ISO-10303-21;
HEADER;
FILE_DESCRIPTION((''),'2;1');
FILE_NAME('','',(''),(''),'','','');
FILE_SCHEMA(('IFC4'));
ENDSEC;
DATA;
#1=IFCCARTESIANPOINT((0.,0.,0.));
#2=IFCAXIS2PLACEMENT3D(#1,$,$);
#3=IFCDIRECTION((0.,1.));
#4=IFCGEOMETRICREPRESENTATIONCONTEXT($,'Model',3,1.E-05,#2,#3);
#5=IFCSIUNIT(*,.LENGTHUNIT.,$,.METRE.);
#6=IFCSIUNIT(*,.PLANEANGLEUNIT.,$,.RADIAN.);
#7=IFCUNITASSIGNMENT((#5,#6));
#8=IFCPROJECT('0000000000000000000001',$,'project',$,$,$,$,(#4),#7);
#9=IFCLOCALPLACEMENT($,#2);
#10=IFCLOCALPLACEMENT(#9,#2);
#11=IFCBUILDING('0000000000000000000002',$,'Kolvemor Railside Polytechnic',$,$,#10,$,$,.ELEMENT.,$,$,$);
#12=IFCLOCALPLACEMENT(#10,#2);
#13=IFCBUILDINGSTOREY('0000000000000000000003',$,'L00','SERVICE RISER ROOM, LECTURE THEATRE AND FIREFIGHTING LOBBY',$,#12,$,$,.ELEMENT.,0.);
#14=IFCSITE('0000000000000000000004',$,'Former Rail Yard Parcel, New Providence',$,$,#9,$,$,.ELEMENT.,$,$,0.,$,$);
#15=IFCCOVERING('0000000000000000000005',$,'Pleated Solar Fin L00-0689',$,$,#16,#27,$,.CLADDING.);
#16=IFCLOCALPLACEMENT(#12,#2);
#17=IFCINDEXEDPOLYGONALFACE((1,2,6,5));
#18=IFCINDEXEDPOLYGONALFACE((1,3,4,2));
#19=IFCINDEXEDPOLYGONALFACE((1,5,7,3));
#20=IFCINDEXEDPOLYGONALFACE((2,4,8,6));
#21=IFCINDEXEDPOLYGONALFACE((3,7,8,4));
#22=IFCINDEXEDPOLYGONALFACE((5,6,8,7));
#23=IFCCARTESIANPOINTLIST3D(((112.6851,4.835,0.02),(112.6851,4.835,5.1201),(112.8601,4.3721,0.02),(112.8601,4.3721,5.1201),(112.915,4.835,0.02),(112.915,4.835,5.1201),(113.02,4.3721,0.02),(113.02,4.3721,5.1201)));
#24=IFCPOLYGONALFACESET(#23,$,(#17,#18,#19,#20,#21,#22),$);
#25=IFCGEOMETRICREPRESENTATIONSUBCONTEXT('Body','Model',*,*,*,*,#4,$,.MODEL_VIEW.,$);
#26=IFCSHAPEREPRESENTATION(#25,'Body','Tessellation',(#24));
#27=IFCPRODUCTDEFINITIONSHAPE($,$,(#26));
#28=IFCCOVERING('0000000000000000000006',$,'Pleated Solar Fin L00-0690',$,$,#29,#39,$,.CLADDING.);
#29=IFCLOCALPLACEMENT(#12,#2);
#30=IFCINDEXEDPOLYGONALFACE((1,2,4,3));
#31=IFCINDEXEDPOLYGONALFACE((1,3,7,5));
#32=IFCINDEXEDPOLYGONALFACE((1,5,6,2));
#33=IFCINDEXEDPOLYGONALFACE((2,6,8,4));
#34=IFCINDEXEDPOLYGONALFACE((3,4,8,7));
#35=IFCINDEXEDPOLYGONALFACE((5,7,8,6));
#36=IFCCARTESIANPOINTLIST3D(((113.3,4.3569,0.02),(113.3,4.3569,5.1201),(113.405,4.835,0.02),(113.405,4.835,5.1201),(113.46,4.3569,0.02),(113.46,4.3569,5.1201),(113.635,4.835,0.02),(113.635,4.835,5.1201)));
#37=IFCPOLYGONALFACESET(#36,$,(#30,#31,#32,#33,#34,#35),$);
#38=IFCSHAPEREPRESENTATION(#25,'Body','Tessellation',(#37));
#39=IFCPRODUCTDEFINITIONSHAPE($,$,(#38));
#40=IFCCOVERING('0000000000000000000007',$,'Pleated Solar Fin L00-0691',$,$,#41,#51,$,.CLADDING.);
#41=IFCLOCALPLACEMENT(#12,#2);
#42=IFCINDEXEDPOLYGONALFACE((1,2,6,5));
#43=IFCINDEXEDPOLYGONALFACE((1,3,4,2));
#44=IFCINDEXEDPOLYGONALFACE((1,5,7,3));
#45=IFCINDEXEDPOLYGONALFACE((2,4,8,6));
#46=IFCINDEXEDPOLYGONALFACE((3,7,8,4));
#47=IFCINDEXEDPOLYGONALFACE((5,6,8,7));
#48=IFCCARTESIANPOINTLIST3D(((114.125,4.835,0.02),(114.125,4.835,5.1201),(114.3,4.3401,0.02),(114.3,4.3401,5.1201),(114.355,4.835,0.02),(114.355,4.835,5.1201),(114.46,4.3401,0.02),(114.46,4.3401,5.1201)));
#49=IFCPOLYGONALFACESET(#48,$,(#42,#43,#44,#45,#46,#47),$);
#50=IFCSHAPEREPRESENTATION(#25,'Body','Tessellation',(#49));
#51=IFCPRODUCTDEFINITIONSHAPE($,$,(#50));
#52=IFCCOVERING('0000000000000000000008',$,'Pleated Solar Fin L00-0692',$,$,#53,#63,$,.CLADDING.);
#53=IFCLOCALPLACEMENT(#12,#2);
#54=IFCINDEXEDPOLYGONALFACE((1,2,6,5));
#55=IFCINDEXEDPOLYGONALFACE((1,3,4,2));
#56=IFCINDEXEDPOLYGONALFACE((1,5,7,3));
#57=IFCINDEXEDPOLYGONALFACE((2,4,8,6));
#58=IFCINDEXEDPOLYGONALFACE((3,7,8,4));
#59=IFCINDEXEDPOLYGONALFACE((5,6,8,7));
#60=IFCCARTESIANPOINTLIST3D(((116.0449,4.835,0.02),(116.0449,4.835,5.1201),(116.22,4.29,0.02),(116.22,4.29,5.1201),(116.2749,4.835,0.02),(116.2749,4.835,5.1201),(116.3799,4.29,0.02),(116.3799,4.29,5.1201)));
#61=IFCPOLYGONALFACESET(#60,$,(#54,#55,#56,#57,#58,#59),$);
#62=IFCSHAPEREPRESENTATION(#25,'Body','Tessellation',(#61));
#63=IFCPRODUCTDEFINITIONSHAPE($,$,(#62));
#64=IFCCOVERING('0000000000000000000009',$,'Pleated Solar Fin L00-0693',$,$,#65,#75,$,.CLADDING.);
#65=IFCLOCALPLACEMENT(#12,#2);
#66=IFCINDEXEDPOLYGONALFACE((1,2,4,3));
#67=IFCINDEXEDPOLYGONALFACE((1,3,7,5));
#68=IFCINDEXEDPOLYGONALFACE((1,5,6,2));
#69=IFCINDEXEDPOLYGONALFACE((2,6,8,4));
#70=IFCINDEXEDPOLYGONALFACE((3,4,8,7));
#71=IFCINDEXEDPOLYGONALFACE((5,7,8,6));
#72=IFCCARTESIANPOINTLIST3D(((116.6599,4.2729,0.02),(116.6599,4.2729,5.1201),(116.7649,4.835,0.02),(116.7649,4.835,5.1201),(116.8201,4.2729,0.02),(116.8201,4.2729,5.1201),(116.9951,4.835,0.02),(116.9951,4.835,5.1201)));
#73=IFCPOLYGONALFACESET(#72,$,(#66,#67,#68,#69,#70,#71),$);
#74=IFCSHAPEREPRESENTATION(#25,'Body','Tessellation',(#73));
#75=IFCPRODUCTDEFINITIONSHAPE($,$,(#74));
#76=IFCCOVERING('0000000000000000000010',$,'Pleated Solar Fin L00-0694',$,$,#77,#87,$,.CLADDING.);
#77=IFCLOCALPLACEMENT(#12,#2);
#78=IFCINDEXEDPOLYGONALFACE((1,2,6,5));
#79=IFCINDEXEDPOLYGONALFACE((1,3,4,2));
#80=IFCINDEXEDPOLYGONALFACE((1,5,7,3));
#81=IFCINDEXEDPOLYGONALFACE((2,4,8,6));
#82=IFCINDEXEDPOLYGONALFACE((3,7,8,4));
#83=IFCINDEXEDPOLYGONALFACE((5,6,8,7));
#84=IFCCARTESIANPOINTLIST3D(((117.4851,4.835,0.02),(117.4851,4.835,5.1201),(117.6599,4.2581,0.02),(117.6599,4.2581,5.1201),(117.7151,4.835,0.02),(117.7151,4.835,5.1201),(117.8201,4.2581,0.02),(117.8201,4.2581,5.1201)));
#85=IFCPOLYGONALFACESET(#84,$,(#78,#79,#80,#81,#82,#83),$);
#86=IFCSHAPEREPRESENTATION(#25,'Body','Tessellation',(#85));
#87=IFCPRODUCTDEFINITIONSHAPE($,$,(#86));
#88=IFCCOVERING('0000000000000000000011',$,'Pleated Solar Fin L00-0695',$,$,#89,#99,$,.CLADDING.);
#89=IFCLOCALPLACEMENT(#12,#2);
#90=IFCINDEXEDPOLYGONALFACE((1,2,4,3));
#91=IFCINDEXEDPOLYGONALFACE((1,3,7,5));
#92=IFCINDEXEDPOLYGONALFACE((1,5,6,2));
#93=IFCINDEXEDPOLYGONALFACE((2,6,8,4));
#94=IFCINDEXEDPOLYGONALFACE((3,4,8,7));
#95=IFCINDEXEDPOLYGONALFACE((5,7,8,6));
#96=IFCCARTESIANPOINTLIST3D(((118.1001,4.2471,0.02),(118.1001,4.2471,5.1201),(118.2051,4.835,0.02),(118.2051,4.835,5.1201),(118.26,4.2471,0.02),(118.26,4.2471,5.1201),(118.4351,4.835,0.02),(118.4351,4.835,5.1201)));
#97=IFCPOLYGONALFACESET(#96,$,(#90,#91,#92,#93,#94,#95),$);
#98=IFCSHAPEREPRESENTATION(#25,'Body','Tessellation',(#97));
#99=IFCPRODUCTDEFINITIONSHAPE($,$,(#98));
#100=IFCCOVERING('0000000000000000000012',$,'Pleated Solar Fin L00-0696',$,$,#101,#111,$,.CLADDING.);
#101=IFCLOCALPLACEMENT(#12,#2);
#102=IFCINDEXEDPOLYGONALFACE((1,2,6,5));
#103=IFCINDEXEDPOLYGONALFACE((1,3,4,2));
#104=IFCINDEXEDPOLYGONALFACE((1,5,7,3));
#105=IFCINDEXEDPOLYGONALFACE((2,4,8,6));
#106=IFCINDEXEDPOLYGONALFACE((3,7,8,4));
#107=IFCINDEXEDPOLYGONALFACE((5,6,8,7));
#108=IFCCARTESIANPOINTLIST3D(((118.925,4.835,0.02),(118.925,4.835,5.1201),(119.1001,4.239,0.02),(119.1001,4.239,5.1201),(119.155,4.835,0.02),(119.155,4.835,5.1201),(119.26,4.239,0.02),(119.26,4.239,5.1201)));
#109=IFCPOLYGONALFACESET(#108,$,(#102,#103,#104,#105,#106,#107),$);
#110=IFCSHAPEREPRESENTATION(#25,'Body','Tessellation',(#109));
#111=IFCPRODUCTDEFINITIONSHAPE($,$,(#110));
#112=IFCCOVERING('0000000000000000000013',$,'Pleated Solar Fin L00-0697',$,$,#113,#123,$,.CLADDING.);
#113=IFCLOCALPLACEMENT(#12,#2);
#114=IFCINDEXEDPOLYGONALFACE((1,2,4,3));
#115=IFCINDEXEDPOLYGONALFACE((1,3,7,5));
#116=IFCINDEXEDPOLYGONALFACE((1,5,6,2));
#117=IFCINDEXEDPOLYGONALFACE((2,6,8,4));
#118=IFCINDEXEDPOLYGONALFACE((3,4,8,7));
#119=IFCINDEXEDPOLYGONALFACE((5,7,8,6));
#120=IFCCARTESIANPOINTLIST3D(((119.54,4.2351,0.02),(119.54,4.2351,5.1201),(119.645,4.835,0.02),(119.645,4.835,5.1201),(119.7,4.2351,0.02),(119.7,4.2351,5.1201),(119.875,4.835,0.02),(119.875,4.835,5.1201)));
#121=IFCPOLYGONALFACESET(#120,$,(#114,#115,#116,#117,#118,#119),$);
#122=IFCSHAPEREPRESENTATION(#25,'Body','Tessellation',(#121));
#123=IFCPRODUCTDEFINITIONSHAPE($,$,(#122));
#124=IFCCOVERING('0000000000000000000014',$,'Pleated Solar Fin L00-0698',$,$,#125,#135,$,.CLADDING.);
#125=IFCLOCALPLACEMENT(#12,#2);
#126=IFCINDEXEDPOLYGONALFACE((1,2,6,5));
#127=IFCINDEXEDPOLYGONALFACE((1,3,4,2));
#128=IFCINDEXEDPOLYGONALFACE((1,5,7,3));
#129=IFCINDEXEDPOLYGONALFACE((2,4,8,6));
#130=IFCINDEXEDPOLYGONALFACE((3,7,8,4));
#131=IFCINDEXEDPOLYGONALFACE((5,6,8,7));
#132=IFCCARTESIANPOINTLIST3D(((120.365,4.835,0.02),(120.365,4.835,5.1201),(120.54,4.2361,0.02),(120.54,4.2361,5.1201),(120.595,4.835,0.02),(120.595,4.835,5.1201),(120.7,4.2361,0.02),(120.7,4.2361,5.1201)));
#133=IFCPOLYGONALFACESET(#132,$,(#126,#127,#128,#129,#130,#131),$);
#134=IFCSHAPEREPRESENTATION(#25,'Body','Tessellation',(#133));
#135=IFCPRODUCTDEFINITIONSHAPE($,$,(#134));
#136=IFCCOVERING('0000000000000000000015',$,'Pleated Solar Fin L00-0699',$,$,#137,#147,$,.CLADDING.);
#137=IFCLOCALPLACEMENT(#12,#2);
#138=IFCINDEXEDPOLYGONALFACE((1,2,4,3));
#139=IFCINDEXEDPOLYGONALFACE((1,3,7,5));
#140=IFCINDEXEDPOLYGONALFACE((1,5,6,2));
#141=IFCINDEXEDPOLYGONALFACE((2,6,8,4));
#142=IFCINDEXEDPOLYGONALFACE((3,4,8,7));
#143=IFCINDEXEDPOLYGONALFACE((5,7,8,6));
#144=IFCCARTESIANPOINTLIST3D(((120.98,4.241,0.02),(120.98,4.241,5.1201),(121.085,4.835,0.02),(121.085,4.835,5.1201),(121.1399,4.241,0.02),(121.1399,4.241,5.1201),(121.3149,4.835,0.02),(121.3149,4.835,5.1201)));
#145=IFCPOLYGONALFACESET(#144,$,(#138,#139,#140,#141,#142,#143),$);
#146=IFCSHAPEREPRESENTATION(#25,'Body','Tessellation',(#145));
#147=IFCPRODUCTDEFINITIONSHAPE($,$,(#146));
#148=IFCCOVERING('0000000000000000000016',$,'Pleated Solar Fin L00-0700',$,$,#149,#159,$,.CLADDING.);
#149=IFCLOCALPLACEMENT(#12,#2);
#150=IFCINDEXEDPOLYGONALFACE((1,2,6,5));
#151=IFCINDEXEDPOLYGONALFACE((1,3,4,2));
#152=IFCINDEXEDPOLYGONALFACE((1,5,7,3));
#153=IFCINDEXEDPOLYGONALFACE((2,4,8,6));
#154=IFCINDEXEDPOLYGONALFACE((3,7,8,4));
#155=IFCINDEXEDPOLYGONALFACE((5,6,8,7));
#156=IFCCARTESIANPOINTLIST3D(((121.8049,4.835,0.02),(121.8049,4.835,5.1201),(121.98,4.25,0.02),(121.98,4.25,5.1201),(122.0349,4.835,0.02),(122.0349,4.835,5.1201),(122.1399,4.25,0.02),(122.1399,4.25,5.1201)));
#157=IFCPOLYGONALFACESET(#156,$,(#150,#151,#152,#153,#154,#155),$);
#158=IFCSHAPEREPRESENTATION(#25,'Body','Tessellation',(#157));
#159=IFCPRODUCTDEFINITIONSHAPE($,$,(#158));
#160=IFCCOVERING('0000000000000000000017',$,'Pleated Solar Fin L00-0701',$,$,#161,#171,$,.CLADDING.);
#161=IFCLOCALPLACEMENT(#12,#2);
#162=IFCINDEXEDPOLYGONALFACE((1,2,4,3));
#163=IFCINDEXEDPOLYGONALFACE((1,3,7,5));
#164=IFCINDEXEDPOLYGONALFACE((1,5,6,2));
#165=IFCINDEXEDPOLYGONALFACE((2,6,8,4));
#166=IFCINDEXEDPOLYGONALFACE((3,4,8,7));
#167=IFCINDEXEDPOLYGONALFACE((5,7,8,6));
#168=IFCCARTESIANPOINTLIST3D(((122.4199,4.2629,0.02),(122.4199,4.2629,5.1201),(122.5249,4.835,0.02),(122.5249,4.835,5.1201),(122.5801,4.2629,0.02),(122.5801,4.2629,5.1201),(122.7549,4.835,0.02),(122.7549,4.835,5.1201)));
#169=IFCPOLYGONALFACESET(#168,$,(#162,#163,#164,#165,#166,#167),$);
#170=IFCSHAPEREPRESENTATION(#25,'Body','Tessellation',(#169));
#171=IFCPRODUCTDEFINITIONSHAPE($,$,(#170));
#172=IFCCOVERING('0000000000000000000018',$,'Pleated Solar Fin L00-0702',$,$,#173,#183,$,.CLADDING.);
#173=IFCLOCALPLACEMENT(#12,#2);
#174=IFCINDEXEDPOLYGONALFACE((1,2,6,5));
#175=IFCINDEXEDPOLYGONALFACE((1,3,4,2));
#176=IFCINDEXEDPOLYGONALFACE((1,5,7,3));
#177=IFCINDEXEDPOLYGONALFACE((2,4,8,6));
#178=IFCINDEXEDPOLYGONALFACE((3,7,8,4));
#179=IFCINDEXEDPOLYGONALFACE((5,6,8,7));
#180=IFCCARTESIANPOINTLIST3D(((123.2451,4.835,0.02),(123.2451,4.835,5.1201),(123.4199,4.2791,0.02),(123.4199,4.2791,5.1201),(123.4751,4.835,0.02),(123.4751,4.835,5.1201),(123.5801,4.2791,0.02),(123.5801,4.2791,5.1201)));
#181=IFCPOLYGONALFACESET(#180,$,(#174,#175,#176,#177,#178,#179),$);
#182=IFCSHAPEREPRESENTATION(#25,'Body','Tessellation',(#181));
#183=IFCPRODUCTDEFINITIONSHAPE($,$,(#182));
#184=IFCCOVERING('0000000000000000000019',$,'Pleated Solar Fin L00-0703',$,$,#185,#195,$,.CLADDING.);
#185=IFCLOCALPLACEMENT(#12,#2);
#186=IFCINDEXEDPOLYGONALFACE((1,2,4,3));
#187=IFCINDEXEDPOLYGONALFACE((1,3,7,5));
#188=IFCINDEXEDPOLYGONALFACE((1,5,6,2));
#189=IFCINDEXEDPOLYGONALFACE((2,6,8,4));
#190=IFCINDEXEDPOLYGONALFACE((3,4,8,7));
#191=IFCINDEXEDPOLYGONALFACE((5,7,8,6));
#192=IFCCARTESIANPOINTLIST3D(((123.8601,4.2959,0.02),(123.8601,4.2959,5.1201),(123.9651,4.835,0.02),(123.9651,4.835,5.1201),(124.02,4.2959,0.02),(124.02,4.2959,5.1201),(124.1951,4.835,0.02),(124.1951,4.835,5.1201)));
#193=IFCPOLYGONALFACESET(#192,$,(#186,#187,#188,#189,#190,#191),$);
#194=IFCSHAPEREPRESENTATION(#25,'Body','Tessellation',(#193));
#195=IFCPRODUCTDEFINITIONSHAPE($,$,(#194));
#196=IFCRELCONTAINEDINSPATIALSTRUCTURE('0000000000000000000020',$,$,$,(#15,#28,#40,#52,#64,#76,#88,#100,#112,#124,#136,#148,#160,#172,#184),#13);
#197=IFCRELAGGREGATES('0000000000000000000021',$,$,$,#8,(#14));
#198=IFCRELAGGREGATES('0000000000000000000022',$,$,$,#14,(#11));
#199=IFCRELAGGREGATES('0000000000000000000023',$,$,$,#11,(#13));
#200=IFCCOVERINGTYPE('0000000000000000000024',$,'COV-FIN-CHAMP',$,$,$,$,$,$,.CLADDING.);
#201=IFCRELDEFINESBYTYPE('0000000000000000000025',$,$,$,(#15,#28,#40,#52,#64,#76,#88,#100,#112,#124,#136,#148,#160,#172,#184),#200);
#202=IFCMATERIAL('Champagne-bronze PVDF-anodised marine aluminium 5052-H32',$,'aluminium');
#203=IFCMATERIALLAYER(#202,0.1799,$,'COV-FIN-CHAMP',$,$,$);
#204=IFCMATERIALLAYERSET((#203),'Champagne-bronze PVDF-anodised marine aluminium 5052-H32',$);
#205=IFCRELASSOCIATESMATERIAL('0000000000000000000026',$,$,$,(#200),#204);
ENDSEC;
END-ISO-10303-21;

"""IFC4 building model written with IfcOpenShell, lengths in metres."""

from ifc_helpers import new_model, si_unit, direction, frame, origin, place, context, subcontext, project, spatial, polyline, outline, extrude, material, layer, layer_set, type_object, element, save


model = new_model("IFC4")

# Units and contexts
model_context = context("Model", 3, precision=1e-05, world=origin(), true_north=direction((0.0, 1.0)))
body_context = subcontext(model_context, "Body", "Model", "MODEL_VIEW")
ifc_project = project(units=[si_unit("LENGTHUNIT", "METRE"), si_unit("PLANEANGLEUNIT", "RADIAN")], contexts=[model_context])

# Site, building, storey
site_placement = place(None, origin())
site = spatial("IfcSite", under=ifc_project, at=site_placement, Name="Former Rail Yard Parcel, New Providence", CompositionType="ELEMENT", RefElevation=0.0)
building_placement = place(site_placement, origin())
building = spatial("IfcBuilding", under=site, at=building_placement, Name="Kolvemor Railside Polytechnic", CompositionType="ELEMENT")
storey_placement = place(building_placement, origin())
storey = spatial("IfcBuildingStorey", under=building, at=storey_placement, Name="L00", Description="SERVICE RISER ROOM, LECTURE THEATRE AND FIREFIGHTING LOBBY", CompositionType="ELEMENT", Elevation=0.0)

# Coverings
ifc_material_1 = material(Name="Champagne-bronze PVDF-anodised marine aluminium 5052-H32", Category="aluminium")
ifc_layer_1 = layer(ifc_material_1, 0.1799, Name="COV-FIN-CHAMP")
ifc_layer_set_1 = layer_set([ifc_layer_1], Name="Champagne-bronze PVDF-anodised marine aluminium 5052-H32")
covering_type_1 = type_object("IfcCoveringType", Name="COV-FIN-CHAMP", PredefinedType="CLADDING", material=ifc_layer_set_1)
covering_1_placement = place(storey_placement, frame((0.0, 0.0, 0.02)))
element("IfcCovering", 1, at=covering_1_placement, inside=storey, type_object=covering_type_1, Name="Pleated Solar Fin L00-0689", PredefinedType="CLADDING", context=body_context, shape_type="SweptSolid", body=[
    extrude(outline(polyline([(112.6851, 4.835), (112.915, 4.835), (113.02, 4.3721), (112.8601, 4.3721), (112.6851, 4.835)])), origin(), (0.0, 0.0, 1.0), 5.1001),
])
covering_2_placement = place(storey_placement, frame((0.0, 0.0, 0.02)))
element("IfcCovering", 2, at=covering_2_placement, inside=storey, type_object=covering_type_1, Name="Pleated Solar Fin L00-0690", PredefinedType="CLADDING", context=body_context, shape_type="SweptSolid", body=[
    extrude(outline(polyline([(113.405, 4.835), (113.635, 4.835), (113.46, 4.3569), (113.3, 4.3569), (113.405, 4.835)])), origin(), (0.0, 0.0, 1.0), 5.1001),
])
covering_3_placement = place(storey_placement, frame((0.0, 0.0, 0.02)))
element("IfcCovering", 3, at=covering_3_placement, inside=storey, type_object=covering_type_1, Name="Pleated Solar Fin L00-0691", PredefinedType="CLADDING", context=body_context, shape_type="SweptSolid", body=[
    extrude(outline(polyline([(114.125, 4.835), (114.355, 4.835), (114.46, 4.3401), (114.3, 4.3401), (114.125, 4.835)])), origin(), (0.0, 0.0, 1.0), 5.1001),
])
covering_4_placement = place(storey_placement, frame((0.0, 0.0, 0.02)))
element("IfcCovering", 4, at=covering_4_placement, inside=storey, type_object=covering_type_1, Name="Pleated Solar Fin L00-0692", PredefinedType="CLADDING", context=body_context, shape_type="SweptSolid", body=[
    extrude(outline(polyline([(116.0449, 4.835), (116.2749, 4.835), (116.3799, 4.29), (116.22, 4.29), (116.0449, 4.835)])), origin(), (0.0, 0.0, 1.0), 5.1001),
])
covering_5_placement = place(storey_placement, frame((0.0, 0.0, 0.02)))
element("IfcCovering", 5, at=covering_5_placement, inside=storey, type_object=covering_type_1, Name="Pleated Solar Fin L00-0693", PredefinedType="CLADDING", context=body_context, shape_type="SweptSolid", body=[
    extrude(outline(polyline([(116.7649, 4.835), (116.9951, 4.835), (116.8201, 4.2729), (116.6599, 4.2729), (116.7649, 4.835)])), origin(), (0.0, 0.0, 1.0), 5.1001),
])
covering_6_placement = place(storey_placement, frame((0.0, 0.0, 0.02)))
element("IfcCovering", 6, at=covering_6_placement, inside=storey, type_object=covering_type_1, Name="Pleated Solar Fin L00-0694", PredefinedType="CLADDING", context=body_context, shape_type="SweptSolid", body=[
    extrude(outline(polyline([(117.4851, 4.835), (117.7151, 4.835), (117.8201, 4.2581), (117.6599, 4.2581), (117.4851, 4.835)])), origin(), (0.0, 0.0, 1.0), 5.1001),
])
covering_7_placement = place(storey_placement, frame((0.0, 0.0, 0.02)))
element("IfcCovering", 7, at=covering_7_placement, inside=storey, type_object=covering_type_1, Name="Pleated Solar Fin L00-0695", PredefinedType="CLADDING", context=body_context, shape_type="SweptSolid", body=[
    extrude(outline(polyline([(118.2051, 4.835), (118.4351, 4.835), (118.26, 4.2471), (118.1001, 4.2471), (118.2051, 4.835)])), origin(), (0.0, 0.0, 1.0), 5.1001),
])
covering_8_placement = place(storey_placement, frame((0.0, 0.0, 0.02)))
element("IfcCovering", 8, at=covering_8_placement, inside=storey, type_object=covering_type_1, Name="Pleated Solar Fin L00-0696", PredefinedType="CLADDING", context=body_context, shape_type="SweptSolid", body=[
    extrude(outline(polyline([(118.925, 4.835), (119.155, 4.835), (119.26, 4.239), (119.1001, 4.239), (118.925, 4.835)])), origin(), (0.0, 0.0, 1.0), 5.1001),
])
covering_9_placement = place(storey_placement, frame((0.0, 0.0, 0.02)))
element("IfcCovering", 9, at=covering_9_placement, inside=storey, type_object=covering_type_1, Name="Pleated Solar Fin L00-0697", PredefinedType="CLADDING", context=body_context, shape_type="SweptSolid", body=[
    extrude(outline(polyline([(119.645, 4.835), (119.875, 4.835), (119.7, 4.2351), (119.54, 4.2351), (119.645, 4.835)])), origin(), (0.0, 0.0, 1.0), 5.1001),
])
covering_10_placement = place(storey_placement, frame((0.0, 0.0, 0.02)))
element("IfcCovering", 10, at=covering_10_placement, inside=storey, type_object=covering_type_1, Name="Pleated Solar Fin L00-0698", PredefinedType="CLADDING", context=body_context, shape_type="SweptSolid", body=[
    extrude(outline(polyline([(120.365, 4.835), (120.595, 4.835), (120.7, 4.2361), (120.54, 4.2361), (120.365, 4.835)])), origin(), (0.0, 0.0, 1.0), 5.1001),
])
covering_11_placement = place(storey_placement, frame((0.0, 0.0, 0.02)))
element("IfcCovering", 11, at=covering_11_placement, inside=storey, type_object=covering_type_1, Name="Pleated Solar Fin L00-0699", PredefinedType="CLADDING", context=body_context, shape_type="SweptSolid", body=[
    extrude(outline(polyline([(121.085, 4.835), (121.3149, 4.835), (121.1399, 4.241), (120.98, 4.241), (121.085, 4.835)])), origin(), (0.0, 0.0, 1.0), 5.1001),
])
covering_12_placement = place(storey_placement, frame((0.0, 0.0, 0.02)))
element("IfcCovering", 12, at=covering_12_placement, inside=storey, type_object=covering_type_1, Name="Pleated Solar Fin L00-0700", PredefinedType="CLADDING", context=body_context, shape_type="SweptSolid", body=[
    extrude(outline(polyline([(121.8049, 4.835), (122.0349, 4.835), (122.1399, 4.25), (121.98, 4.25), (121.8049, 4.835)])), origin(), (0.0, 0.0, 1.0), 5.1001),
])
covering_13_placement = place(storey_placement, frame((0.0, 0.0, 0.02)))
element("IfcCovering", 13, at=covering_13_placement, inside=storey, type_object=covering_type_1, Name="Pleated Solar Fin L00-0701", PredefinedType="CLADDING", context=body_context, shape_type="SweptSolid", body=[
    extrude(outline(polyline([(122.5249, 4.835), (122.7549, 4.835), (122.5801, 4.2629), (122.4199, 4.2629), (122.5249, 4.835)])), origin(), (0.0, 0.0, 1.0), 5.1001),
])
covering_14_placement = place(storey_placement, frame((0.0, 0.0, 0.02)))
element("IfcCovering", 14, at=covering_14_placement, inside=storey, type_object=covering_type_1, Name="Pleated Solar Fin L00-0702", PredefinedType="CLADDING", context=body_context, shape_type="SweptSolid", body=[
    extrude(outline(polyline([(123.2451, 4.835), (123.4751, 4.835), (123.5801, 4.2791), (123.4199, 4.2791), (123.2451, 4.835)])), origin(), (0.0, 0.0, 1.0), 5.1001),
])
covering_15_placement = place(storey_placement, frame((0.0, 0.0, 0.02)))
element("IfcCovering", 15, at=covering_15_placement, inside=storey, type_object=covering_type_1, Name="Pleated Solar Fin L00-0703", PredefinedType="CLADDING", context=body_context, shape_type="SweptSolid", body=[
    extrude(outline(polyline([(123.9651, 4.835), (124.1951, 4.835), (124.02, 4.2959), (123.8601, 4.2959), (123.9651, 4.835)])), origin(), (0.0, 0.0, 1.0), 5.1001),
])

save(model, "model.ifc")
